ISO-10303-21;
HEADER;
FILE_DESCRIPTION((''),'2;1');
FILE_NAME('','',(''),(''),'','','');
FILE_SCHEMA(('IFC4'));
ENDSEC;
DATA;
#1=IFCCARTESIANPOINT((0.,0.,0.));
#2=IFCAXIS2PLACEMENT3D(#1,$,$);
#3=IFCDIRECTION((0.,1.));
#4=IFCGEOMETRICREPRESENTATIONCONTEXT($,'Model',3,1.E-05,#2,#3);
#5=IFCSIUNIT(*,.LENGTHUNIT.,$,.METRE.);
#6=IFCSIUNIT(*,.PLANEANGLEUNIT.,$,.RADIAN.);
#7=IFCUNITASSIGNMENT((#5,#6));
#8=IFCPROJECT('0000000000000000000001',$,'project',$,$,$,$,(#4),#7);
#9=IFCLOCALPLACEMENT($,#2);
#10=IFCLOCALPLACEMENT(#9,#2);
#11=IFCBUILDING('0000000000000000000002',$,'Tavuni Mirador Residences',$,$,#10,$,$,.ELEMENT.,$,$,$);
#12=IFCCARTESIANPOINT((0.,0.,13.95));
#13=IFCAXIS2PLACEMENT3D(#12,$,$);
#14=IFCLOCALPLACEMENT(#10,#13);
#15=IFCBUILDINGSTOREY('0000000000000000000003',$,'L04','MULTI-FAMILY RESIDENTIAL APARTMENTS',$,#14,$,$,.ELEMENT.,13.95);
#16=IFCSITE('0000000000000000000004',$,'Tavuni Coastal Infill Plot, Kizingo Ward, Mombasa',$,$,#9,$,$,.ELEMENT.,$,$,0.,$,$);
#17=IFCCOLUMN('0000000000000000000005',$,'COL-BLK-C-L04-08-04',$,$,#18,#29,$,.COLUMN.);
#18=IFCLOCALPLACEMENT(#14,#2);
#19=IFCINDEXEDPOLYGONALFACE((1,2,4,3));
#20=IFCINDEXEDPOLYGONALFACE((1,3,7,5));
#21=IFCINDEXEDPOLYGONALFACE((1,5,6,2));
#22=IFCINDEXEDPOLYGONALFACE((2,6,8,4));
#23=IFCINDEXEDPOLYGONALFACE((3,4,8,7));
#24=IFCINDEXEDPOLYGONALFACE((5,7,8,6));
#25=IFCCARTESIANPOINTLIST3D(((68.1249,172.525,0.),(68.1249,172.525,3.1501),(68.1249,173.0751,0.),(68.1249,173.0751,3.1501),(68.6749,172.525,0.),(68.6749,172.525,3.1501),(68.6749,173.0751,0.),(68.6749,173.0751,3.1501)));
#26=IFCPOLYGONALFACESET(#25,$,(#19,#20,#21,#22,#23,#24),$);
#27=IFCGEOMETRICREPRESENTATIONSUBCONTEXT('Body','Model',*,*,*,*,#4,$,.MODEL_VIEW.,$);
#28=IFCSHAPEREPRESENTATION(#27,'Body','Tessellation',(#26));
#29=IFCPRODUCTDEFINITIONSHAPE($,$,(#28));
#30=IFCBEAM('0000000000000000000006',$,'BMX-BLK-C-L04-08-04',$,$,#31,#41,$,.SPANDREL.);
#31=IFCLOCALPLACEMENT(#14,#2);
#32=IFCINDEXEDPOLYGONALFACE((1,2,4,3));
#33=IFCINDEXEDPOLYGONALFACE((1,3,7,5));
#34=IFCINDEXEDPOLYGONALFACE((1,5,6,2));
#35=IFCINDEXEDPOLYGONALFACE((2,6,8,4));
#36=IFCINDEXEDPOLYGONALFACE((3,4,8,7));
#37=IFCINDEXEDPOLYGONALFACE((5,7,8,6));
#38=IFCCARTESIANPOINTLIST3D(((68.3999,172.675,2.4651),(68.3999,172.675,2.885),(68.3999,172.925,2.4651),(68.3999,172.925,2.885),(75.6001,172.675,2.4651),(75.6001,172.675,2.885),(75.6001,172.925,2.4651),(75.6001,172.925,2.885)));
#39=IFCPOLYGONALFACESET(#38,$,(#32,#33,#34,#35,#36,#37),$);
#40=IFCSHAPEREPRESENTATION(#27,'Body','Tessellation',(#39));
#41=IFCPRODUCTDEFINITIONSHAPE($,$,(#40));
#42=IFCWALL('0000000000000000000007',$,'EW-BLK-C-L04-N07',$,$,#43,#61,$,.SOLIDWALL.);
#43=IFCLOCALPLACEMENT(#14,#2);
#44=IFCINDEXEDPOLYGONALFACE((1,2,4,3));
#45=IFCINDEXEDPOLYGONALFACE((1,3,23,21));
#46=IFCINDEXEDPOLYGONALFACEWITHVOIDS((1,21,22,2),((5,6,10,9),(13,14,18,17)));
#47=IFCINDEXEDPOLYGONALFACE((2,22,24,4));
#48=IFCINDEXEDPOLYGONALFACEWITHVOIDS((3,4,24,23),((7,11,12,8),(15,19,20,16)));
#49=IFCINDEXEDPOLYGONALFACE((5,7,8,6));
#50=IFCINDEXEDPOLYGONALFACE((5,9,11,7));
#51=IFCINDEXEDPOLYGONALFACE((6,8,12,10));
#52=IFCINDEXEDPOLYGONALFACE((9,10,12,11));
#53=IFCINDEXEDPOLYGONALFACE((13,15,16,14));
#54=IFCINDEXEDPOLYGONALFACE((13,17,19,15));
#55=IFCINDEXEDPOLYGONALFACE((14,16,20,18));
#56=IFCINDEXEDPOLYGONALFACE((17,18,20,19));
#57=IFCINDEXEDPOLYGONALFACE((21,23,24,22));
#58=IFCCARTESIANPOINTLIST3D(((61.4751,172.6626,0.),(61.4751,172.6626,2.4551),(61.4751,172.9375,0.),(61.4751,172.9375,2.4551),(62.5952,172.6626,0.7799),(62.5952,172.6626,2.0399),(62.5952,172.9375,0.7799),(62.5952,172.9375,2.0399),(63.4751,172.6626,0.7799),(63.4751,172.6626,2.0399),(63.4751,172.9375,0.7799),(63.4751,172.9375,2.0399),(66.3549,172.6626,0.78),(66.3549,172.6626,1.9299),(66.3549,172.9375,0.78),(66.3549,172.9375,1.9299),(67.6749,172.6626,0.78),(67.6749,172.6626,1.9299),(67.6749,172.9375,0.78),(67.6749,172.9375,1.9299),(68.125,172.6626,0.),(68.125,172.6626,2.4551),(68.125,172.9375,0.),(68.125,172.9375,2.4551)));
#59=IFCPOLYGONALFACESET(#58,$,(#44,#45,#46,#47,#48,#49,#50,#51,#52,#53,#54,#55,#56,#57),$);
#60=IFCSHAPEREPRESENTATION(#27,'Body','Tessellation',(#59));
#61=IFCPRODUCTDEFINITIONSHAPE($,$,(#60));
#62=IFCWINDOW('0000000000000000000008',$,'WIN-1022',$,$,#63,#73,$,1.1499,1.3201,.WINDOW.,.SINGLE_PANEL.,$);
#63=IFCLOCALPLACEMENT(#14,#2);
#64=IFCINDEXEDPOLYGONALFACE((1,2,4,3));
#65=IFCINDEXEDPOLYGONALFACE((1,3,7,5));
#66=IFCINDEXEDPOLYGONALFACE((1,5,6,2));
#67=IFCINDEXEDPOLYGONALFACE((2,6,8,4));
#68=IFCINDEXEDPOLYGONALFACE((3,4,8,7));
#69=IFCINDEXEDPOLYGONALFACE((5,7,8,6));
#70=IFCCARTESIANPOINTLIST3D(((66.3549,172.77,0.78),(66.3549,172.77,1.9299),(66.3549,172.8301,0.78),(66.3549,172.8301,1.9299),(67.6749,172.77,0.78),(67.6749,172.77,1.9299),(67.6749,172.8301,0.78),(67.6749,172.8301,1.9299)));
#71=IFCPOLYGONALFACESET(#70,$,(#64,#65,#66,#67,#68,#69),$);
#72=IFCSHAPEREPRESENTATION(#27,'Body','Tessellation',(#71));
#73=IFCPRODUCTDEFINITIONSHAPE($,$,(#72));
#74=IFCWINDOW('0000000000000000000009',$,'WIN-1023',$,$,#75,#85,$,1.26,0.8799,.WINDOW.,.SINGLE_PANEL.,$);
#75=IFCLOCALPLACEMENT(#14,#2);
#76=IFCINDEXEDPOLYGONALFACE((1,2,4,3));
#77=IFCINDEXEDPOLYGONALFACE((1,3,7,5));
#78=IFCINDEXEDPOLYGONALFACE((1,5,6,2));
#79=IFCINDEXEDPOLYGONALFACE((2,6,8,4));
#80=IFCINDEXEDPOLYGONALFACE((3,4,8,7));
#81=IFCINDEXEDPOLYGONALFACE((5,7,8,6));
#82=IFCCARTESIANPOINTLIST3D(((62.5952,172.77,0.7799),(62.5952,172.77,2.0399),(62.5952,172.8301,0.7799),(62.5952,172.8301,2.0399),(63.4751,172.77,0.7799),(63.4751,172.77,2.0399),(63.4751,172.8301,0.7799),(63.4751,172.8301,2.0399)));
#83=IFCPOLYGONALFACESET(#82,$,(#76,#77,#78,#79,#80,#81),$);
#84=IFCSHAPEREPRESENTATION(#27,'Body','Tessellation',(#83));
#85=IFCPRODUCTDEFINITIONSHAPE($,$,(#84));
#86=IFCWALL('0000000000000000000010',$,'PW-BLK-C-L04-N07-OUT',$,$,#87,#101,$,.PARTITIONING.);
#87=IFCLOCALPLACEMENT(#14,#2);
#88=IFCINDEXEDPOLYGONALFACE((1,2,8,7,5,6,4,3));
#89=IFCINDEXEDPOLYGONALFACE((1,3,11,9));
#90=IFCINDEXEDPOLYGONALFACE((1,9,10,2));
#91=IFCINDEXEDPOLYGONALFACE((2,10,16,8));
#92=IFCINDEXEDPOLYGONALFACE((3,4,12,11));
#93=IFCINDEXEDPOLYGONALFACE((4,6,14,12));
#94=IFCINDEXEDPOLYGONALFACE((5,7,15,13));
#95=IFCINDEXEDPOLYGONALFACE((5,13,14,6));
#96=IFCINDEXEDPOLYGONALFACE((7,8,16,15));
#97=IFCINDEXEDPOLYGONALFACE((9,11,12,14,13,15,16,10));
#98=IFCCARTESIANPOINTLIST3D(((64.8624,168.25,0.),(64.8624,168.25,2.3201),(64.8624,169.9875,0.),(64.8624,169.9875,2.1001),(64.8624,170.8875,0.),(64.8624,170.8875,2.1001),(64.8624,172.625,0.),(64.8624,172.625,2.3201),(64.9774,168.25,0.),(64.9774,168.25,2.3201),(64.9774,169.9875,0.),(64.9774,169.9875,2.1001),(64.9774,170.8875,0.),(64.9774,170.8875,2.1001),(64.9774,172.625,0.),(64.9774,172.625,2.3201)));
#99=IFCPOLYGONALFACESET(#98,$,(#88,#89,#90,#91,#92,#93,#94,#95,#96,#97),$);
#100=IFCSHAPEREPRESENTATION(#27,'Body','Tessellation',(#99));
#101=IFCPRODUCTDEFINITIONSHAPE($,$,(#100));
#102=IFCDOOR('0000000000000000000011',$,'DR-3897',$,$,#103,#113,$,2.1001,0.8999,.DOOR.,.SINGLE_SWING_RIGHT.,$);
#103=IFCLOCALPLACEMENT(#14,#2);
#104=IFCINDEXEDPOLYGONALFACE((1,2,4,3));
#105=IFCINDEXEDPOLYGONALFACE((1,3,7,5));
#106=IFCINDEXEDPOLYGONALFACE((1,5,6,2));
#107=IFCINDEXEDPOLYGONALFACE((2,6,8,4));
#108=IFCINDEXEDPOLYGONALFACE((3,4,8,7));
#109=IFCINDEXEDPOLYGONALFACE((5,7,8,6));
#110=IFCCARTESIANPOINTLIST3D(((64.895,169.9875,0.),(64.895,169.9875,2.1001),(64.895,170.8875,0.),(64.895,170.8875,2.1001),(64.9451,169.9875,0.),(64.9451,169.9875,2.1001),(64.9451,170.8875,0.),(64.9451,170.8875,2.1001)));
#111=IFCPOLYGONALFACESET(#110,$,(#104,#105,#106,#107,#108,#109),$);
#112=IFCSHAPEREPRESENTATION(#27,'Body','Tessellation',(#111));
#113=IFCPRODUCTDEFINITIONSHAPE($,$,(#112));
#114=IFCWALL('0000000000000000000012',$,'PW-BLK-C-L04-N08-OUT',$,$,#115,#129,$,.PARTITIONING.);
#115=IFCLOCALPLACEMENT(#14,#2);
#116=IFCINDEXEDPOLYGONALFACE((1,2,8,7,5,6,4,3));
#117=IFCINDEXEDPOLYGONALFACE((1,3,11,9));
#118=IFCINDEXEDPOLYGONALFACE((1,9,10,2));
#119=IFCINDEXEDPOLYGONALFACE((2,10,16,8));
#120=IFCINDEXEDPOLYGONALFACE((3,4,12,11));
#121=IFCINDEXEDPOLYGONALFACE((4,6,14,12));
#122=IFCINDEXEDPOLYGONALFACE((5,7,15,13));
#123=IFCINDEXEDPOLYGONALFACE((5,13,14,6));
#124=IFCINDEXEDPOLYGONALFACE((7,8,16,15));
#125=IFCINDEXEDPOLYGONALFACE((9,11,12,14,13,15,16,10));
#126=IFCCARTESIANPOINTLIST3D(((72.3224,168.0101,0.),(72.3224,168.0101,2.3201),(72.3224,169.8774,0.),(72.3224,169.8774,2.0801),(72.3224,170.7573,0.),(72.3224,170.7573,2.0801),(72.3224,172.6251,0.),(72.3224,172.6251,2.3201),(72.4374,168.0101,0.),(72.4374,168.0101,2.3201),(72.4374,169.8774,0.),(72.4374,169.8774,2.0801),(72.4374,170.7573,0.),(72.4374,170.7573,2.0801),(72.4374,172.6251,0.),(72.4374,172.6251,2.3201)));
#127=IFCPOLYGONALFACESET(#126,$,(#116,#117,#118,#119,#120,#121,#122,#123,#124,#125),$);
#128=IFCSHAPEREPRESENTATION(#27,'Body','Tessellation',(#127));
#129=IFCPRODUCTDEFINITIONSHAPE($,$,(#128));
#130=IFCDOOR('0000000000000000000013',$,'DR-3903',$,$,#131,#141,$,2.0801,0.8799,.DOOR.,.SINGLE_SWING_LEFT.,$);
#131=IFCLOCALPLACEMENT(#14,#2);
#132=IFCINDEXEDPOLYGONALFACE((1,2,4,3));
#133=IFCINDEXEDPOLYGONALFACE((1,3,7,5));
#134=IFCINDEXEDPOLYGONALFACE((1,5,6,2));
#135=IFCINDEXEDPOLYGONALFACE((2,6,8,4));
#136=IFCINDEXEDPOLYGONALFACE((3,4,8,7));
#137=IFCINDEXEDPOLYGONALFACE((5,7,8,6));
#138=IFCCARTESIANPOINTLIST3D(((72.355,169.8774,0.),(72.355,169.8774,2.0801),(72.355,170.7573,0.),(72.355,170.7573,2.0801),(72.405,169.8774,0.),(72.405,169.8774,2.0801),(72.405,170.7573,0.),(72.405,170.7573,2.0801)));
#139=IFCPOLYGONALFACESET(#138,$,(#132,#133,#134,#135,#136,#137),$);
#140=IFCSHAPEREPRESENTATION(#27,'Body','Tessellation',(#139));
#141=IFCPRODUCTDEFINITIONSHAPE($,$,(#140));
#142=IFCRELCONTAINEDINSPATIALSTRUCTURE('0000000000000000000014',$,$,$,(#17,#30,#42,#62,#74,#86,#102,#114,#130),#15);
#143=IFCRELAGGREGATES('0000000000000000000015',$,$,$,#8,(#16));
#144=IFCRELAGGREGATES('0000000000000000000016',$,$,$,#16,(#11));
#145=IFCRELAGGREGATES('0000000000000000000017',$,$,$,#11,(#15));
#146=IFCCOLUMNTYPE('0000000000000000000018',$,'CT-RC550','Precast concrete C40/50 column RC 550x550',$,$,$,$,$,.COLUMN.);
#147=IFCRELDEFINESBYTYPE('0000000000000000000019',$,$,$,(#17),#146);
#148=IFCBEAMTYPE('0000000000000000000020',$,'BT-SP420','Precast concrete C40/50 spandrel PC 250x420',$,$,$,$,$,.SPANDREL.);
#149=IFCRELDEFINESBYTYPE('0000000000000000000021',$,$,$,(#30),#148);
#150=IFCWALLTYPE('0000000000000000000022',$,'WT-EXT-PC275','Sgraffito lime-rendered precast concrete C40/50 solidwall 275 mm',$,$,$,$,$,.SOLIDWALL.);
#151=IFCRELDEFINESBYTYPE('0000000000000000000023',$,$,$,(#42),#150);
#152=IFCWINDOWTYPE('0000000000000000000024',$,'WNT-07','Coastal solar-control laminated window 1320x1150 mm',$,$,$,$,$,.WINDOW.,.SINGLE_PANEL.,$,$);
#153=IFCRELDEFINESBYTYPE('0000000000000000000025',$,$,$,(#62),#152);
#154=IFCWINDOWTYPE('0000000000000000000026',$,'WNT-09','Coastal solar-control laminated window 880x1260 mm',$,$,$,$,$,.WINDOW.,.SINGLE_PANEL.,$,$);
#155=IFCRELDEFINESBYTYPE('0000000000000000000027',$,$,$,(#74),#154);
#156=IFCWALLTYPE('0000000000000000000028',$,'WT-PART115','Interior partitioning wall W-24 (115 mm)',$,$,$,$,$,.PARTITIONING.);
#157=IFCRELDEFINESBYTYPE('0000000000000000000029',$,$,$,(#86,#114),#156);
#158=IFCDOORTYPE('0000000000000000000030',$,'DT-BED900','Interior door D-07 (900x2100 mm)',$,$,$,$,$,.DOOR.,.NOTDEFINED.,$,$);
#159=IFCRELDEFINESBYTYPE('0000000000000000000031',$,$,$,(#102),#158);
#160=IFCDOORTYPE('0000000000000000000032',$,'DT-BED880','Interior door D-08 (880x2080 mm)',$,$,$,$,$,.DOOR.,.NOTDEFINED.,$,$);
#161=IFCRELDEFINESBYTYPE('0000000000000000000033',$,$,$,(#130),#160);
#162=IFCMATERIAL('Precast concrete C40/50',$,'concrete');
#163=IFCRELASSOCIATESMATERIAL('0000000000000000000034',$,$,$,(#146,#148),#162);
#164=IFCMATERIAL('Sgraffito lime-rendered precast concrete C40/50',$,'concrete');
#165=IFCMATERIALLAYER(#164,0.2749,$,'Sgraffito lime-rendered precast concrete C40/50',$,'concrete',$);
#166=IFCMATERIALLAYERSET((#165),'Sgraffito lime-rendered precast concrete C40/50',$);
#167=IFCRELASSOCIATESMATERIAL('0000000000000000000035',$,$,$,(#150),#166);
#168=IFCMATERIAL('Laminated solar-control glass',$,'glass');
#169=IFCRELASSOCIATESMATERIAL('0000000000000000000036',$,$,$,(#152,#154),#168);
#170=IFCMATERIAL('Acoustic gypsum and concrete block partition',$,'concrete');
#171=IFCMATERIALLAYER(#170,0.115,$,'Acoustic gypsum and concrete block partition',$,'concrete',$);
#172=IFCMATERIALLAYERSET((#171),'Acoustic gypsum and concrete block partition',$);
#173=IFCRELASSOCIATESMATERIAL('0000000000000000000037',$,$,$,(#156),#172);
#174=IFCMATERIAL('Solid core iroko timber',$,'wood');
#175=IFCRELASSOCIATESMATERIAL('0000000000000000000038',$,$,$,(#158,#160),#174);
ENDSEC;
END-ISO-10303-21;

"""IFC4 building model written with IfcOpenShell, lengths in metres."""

from ifc_helpers import new_model, si_unit, direction, frame, frame_2d, origin, origin_2d, place, context, subcontext, project, spatial, rectangle, extrude, material, layer, layer_set, material_profile, profile_set, type_object, element, fill, save


model = new_model("IFC4")

# Units and contexts
model_context = context("Model", 3, precision=1e-05, world=origin(), true_north=direction((0.0, 1.0)))
body_context = subcontext(model_context, "Body", "Model", "MODEL_VIEW")
ifc_project = project(units=[si_unit("LENGTHUNIT", "METRE"), si_unit("PLANEANGLEUNIT", "RADIAN")], contexts=[model_context])

# Site, building, storey
site_placement = place(None, origin())
site = spatial("IfcSite", under=ifc_project, at=site_placement, Name="Tavuni Coastal Infill Plot, Kizingo Ward, Mombasa", CompositionType="ELEMENT", RefElevation=0.0)
building_placement = place(site_placement, origin())
building = spatial("IfcBuilding", under=site, at=building_placement, Name="Tavuni Mirador Residences", CompositionType="ELEMENT")
storey_placement = place(building_placement, frame((0.0, 0.0, 13.95)))
storey = spatial("IfcBuildingStorey", under=building, at=storey_placement, Name="L04", Description="MULTI-FAMILY RESIDENTIAL APARTMENTS", CompositionType="ELEMENT", Elevation=13.95)

# Column
ifc_material_1 = material(Name="Precast concrete C40/50", Category="concrete")
ifc_material_profile_1 = material_profile(ifc_material_1, rectangle(XDim=0.55, YDim=0.55, at=origin_2d()), Name="RC 550x550", Category="concrete")
ifc_profile_set_1 = profile_set([ifc_material_profile_1], Name="Precast concrete C40/50")
column_type = type_object("IfcColumnType", Name="CT-RC550", Description="Precast concrete C40/50 column RC 550x550", PredefinedType="COLUMN", material=ifc_profile_set_1)
column_placement = place(storey_placement, frame((68.3999, 172.8, 0.0), z_axis=(0.0, 0.0, 1.0), x_axis=(1.0, 0.0, 0.0)))
element("IfcColumn", 1, at=column_placement, inside=storey, type_object=column_type, Name="COL-BLK-C-L04-08-04", PredefinedType="COLUMN", context=body_context, shape_type="SweptSolid", body=[
    extrude(rectangle(XDim=0.55, YDim=0.55, at=origin_2d()), origin(), (0.0, 0.0, 1.0), 3.1501),
])

# Beam
ifc_material_profile_2 = material_profile(ifc_material_1, rectangle(XDim=0.25, YDim=0.4199, at=origin_2d()), Name="PC 250x420", Category="concrete")
ifc_profile_set_2 = profile_set([ifc_material_profile_2], Name="Precast concrete C40/50")
beam_type = type_object("IfcBeamType", Name="BT-SP420", Description="Precast concrete C40/50 spandrel PC 250x420", PredefinedType="SPANDREL", material=ifc_profile_set_2)
beam_placement = place(storey_placement, frame((68.3999, 172.8, 2.675), z_axis=(1.0, 0.0, 0.0), x_axis=(0.0, 1.0, 0.0)))
element("IfcBeam", 2, at=beam_placement, inside=storey, type_object=beam_type, Name="BMX-BLK-C-L04-08-04", PredefinedType="SPANDREL", context=body_context, shape_type="SweptSolid", body=[
    extrude(rectangle(XDim=0.25, YDim=0.4199, at=origin_2d()), origin(), (0.0, 0.0, 1.0), 7.2002),
])

# Wall, openings, windows
ifc_material_2 = material(Name="Sgraffito lime-rendered precast concrete C40/50", Category="concrete")
ifc_layer_1 = layer(ifc_material_2, 0.2749, Name="Sgraffito lime-rendered precast concrete C40/50", Category="concrete")
ifc_layer_set_1 = layer_set([ifc_layer_1], Name="Sgraffito lime-rendered precast concrete C40/50")
wall_type_1 = type_object("IfcWallType", Name="WT-EXT-PC275", Description="Sgraffito lime-rendered precast concrete C40/50 solidwall 275 mm", PredefinedType="SOLIDWALL", material=ifc_layer_set_1)
wall_1_placement = place(storey_placement, frame((68.125, 172.8, 0.0), z_axis=(0.0, 0.0, 1.0), x_axis=(-1.0, 0.0, 0.0)))
wall_1 = element("IfcWall", 3, at=wall_1_placement, inside=storey, type_object=wall_type_1, Name="EW-BLK-C-L04-N07", PredefinedType="SOLIDWALL", context=body_context, shape_type="SweptSolid", body=[
    extrude(rectangle(XDim=6.6499, YDim=0.2749, at=frame_2d((3.325, 0.0))), origin(), (0.0, 0.0, 1.0), 2.4551),
])
opening_1_placement = place(wall_1_placement, frame((0.45, 0.0, 0.78)))
opening_1 = element("IfcOpeningElement", 4, at=opening_1_placement, cuts=wall_1, PredefinedType="OPENING", context=body_context, shape_type="SweptSolid", body=[
    extrude(rectangle(XDim=1.3201, YDim=1.1499, at=frame_2d((0.6602, 0.575))), frame((0.0, 0.1475, 0.0), z_axis=(0.0, -1.0, 0.0), x_axis=(1.0, 0.0, 0.0)), (0.0, 0.0, 1.0), 0.2949),
])
opening_2_placement = place(wall_1_placement, frame((4.6499, 0.0, 0.78)))
opening_2 = element("IfcOpeningElement", 5, at=opening_2_placement, cuts=wall_1, PredefinedType="OPENING", context=body_context, shape_type="SweptSolid", body=[
    extrude(rectangle(XDim=0.8799, YDim=1.26, at=frame_2d((0.4399, 0.6299))), frame((0.0, 0.1475, 0.0), z_axis=(0.0, -1.0, 0.0), x_axis=(1.0, 0.0, 0.0)), (0.0, 0.0, 1.0), 0.2949),
])
ifc_material_3 = material(Name="Laminated solar-control glass", Category="glass")
window_type_1 = type_object("IfcWindowType", Name="WNT-07", Description="Coastal solar-control laminated window 1320x1150 mm", PartitioningType="SINGLE_PANEL", PredefinedType="WINDOW", material=ifc_material_3)
window_1_placement = place(opening_1_placement, origin())
window_1 = element("IfcWindow", 6, at=window_1_placement, inside=storey, type_object=window_type_1, Name="WIN-1022", OverallHeight=1.1499, OverallWidth=1.3201, PartitioningType="SINGLE_PANEL", PredefinedType="WINDOW", context=body_context, shape_type="SweptSolid", body=[
    extrude(rectangle(XDim=1.3201, YDim=1.1499, at=frame_2d((0.6602, 0.575))), frame((0.0, 0.03, 0.0), z_axis=(0.0, -1.0, 0.0), x_axis=(1.0, 0.0, 0.0)), (0.0, 0.0, 1.0), 0.0601),
])
fill(opening_1, window_1)
window_type_2 = type_object("IfcWindowType", Name="WNT-09", Description="Coastal solar-control laminated window 880x1260 mm", PartitioningType="SINGLE_PANEL", PredefinedType="WINDOW", material=ifc_material_3)
window_2_placement = place(opening_2_placement, origin())
window_2 = element("IfcWindow", 7, at=window_2_placement, inside=storey, type_object=window_type_2, Name="WIN-1023", OverallHeight=1.26, OverallWidth=0.8799, PartitioningType="SINGLE_PANEL", PredefinedType="WINDOW", context=body_context, shape_type="SweptSolid", body=[
    extrude(rectangle(XDim=0.8799, YDim=1.26, at=frame_2d((0.4399, 0.6299))), frame((0.0, 0.03, 0.0), z_axis=(0.0, -1.0, 0.0), x_axis=(1.0, 0.0, 0.0)), (0.0, 0.0, 1.0), 0.0601),
])
fill(opening_2, window_2)

# Walls, openings, doors
ifc_material_4 = material(Name="Acoustic gypsum and concrete block partition", Category="concrete")
ifc_layer_2 = layer(ifc_material_4, 0.115, Name="Acoustic gypsum and concrete block partition", Category="concrete")
ifc_layer_set_2 = layer_set([ifc_layer_2], Name="Acoustic gypsum and concrete block partition")
wall_type_2 = type_object("IfcWallType", Name="WT-PART115", Description="Interior partitioning wall W-24 (115 mm)", PredefinedType="PARTITIONING", material=ifc_layer_set_2)
wall_2_placement = place(storey_placement, frame((64.9199, 168.25, 0.0), z_axis=(0.0, 0.0, 1.0), x_axis=(0.0, 1.0, 0.0)))
wall_2 = element("IfcWall", 8, at=wall_2_placement, inside=storey, type_object=wall_type_2, Name="PW-BLK-C-L04-N07-OUT", PredefinedType="PARTITIONING", context=body_context, shape_type="SweptSolid", body=[
    extrude(rectangle(XDim=4.375, YDim=0.115, at=frame_2d((2.1875, 0.0))), origin(), (0.0, 0.0, 1.0), 2.3201),
])
opening_3_placement = place(wall_2_placement, frame((1.7375, 0.0, 0.0)))
opening_3 = element("IfcOpeningElement", 9, at=opening_3_placement, cuts=wall_2, PredefinedType="OPENING", context=body_context, shape_type="SweptSolid", body=[
    extrude(rectangle(XDim=0.8999, YDim=2.1001, at=frame_2d((0.45, 1.05))), frame((0.0, 0.0674, 0.0), z_axis=(0.0, -1.0, 0.0), x_axis=(1.0, 0.0, 0.0)), (0.0, 0.0, 1.0), 0.135),
])
ifc_material_5 = material(Name="Solid core iroko timber", Category="wood")
door_type_1 = type_object("IfcDoorType", Name="DT-BED900", Description="Interior door D-07 (900x2100 mm)", OperationType="NOTDEFINED", PredefinedType="DOOR", material=ifc_material_5)
door_1_placement = place(opening_3_placement, origin())
door_1 = element("IfcDoor", 10, at=door_1_placement, inside=storey, type_object=door_type_1, Name="DR-3897", OperationType="SINGLE_SWING_RIGHT", OverallHeight=2.1001, OverallWidth=0.8999, PredefinedType="DOOR", context=body_context, shape_type="SweptSolid", body=[
    extrude(rectangle(XDim=0.8999, YDim=2.1001, at=frame_2d((0.45, 1.05))), frame((0.0, 0.0249, 0.0), z_axis=(0.0, -1.0, 0.0), x_axis=(1.0, 0.0, 0.0)), (0.0, 0.0, 1.0), 0.05),
])
fill(opening_3, door_1)
wall_3_placement = place(storey_placement, frame((72.3799, 168.01, 0.0), z_axis=(0.0, 0.0, 1.0), x_axis=(0.0, 1.0, 0.0)))
wall_3 = element("IfcWall", 11, at=wall_3_placement, inside=storey, type_object=wall_type_2, Name="PW-BLK-C-L04-N08-OUT", PredefinedType="PARTITIONING", context=body_context, shape_type="SweptSolid", body=[
    extrude(rectangle(XDim=4.615, YDim=0.115, at=frame_2d((2.3076, 0.0))), origin(), (0.0, 0.0, 1.0), 2.3201),
])
opening_4_placement = place(wall_3_placement, frame((1.8674, 0.0, 0.0)))
opening_4 = element("IfcOpeningElement", 12, at=opening_4_placement, cuts=wall_3, PredefinedType="OPENING", context=body_context, shape_type="SweptSolid", body=[
    extrude(rectangle(XDim=0.8799, YDim=2.0801, at=frame_2d((0.4399, 1.04))), frame((0.0, 0.0674, 0.0), z_axis=(0.0, -1.0, 0.0), x_axis=(1.0, 0.0, 0.0)), (0.0, 0.0, 1.0), 0.135),
])
door_type_2 = type_object("IfcDoorType", Name="DT-BED880", Description="Interior door D-08 (880x2080 mm)", OperationType="NOTDEFINED", PredefinedType="DOOR", material=ifc_material_5)
door_2_placement = place(opening_4_placement, origin())
door_2 = element("IfcDoor", 13, at=door_2_placement, inside=storey, type_object=door_type_2, Name="DR-3903", OperationType="SINGLE_SWING_LEFT", OverallHeight=2.0801, OverallWidth=0.8799, PredefinedType="DOOR", context=body_context, shape_type="SweptSolid", body=[
    extrude(rectangle(XDim=0.8799, YDim=2.0801, at=frame_2d((0.4399, 1.04))), frame((0.0, 0.0249, 0.0), z_axis=(0.0, -1.0, 0.0), x_axis=(1.0, 0.0, 0.0)), (0.0, 0.0, 1.0), 0.05),
])
fill(opening_4, door_2)

save(model, "model.ifc")
